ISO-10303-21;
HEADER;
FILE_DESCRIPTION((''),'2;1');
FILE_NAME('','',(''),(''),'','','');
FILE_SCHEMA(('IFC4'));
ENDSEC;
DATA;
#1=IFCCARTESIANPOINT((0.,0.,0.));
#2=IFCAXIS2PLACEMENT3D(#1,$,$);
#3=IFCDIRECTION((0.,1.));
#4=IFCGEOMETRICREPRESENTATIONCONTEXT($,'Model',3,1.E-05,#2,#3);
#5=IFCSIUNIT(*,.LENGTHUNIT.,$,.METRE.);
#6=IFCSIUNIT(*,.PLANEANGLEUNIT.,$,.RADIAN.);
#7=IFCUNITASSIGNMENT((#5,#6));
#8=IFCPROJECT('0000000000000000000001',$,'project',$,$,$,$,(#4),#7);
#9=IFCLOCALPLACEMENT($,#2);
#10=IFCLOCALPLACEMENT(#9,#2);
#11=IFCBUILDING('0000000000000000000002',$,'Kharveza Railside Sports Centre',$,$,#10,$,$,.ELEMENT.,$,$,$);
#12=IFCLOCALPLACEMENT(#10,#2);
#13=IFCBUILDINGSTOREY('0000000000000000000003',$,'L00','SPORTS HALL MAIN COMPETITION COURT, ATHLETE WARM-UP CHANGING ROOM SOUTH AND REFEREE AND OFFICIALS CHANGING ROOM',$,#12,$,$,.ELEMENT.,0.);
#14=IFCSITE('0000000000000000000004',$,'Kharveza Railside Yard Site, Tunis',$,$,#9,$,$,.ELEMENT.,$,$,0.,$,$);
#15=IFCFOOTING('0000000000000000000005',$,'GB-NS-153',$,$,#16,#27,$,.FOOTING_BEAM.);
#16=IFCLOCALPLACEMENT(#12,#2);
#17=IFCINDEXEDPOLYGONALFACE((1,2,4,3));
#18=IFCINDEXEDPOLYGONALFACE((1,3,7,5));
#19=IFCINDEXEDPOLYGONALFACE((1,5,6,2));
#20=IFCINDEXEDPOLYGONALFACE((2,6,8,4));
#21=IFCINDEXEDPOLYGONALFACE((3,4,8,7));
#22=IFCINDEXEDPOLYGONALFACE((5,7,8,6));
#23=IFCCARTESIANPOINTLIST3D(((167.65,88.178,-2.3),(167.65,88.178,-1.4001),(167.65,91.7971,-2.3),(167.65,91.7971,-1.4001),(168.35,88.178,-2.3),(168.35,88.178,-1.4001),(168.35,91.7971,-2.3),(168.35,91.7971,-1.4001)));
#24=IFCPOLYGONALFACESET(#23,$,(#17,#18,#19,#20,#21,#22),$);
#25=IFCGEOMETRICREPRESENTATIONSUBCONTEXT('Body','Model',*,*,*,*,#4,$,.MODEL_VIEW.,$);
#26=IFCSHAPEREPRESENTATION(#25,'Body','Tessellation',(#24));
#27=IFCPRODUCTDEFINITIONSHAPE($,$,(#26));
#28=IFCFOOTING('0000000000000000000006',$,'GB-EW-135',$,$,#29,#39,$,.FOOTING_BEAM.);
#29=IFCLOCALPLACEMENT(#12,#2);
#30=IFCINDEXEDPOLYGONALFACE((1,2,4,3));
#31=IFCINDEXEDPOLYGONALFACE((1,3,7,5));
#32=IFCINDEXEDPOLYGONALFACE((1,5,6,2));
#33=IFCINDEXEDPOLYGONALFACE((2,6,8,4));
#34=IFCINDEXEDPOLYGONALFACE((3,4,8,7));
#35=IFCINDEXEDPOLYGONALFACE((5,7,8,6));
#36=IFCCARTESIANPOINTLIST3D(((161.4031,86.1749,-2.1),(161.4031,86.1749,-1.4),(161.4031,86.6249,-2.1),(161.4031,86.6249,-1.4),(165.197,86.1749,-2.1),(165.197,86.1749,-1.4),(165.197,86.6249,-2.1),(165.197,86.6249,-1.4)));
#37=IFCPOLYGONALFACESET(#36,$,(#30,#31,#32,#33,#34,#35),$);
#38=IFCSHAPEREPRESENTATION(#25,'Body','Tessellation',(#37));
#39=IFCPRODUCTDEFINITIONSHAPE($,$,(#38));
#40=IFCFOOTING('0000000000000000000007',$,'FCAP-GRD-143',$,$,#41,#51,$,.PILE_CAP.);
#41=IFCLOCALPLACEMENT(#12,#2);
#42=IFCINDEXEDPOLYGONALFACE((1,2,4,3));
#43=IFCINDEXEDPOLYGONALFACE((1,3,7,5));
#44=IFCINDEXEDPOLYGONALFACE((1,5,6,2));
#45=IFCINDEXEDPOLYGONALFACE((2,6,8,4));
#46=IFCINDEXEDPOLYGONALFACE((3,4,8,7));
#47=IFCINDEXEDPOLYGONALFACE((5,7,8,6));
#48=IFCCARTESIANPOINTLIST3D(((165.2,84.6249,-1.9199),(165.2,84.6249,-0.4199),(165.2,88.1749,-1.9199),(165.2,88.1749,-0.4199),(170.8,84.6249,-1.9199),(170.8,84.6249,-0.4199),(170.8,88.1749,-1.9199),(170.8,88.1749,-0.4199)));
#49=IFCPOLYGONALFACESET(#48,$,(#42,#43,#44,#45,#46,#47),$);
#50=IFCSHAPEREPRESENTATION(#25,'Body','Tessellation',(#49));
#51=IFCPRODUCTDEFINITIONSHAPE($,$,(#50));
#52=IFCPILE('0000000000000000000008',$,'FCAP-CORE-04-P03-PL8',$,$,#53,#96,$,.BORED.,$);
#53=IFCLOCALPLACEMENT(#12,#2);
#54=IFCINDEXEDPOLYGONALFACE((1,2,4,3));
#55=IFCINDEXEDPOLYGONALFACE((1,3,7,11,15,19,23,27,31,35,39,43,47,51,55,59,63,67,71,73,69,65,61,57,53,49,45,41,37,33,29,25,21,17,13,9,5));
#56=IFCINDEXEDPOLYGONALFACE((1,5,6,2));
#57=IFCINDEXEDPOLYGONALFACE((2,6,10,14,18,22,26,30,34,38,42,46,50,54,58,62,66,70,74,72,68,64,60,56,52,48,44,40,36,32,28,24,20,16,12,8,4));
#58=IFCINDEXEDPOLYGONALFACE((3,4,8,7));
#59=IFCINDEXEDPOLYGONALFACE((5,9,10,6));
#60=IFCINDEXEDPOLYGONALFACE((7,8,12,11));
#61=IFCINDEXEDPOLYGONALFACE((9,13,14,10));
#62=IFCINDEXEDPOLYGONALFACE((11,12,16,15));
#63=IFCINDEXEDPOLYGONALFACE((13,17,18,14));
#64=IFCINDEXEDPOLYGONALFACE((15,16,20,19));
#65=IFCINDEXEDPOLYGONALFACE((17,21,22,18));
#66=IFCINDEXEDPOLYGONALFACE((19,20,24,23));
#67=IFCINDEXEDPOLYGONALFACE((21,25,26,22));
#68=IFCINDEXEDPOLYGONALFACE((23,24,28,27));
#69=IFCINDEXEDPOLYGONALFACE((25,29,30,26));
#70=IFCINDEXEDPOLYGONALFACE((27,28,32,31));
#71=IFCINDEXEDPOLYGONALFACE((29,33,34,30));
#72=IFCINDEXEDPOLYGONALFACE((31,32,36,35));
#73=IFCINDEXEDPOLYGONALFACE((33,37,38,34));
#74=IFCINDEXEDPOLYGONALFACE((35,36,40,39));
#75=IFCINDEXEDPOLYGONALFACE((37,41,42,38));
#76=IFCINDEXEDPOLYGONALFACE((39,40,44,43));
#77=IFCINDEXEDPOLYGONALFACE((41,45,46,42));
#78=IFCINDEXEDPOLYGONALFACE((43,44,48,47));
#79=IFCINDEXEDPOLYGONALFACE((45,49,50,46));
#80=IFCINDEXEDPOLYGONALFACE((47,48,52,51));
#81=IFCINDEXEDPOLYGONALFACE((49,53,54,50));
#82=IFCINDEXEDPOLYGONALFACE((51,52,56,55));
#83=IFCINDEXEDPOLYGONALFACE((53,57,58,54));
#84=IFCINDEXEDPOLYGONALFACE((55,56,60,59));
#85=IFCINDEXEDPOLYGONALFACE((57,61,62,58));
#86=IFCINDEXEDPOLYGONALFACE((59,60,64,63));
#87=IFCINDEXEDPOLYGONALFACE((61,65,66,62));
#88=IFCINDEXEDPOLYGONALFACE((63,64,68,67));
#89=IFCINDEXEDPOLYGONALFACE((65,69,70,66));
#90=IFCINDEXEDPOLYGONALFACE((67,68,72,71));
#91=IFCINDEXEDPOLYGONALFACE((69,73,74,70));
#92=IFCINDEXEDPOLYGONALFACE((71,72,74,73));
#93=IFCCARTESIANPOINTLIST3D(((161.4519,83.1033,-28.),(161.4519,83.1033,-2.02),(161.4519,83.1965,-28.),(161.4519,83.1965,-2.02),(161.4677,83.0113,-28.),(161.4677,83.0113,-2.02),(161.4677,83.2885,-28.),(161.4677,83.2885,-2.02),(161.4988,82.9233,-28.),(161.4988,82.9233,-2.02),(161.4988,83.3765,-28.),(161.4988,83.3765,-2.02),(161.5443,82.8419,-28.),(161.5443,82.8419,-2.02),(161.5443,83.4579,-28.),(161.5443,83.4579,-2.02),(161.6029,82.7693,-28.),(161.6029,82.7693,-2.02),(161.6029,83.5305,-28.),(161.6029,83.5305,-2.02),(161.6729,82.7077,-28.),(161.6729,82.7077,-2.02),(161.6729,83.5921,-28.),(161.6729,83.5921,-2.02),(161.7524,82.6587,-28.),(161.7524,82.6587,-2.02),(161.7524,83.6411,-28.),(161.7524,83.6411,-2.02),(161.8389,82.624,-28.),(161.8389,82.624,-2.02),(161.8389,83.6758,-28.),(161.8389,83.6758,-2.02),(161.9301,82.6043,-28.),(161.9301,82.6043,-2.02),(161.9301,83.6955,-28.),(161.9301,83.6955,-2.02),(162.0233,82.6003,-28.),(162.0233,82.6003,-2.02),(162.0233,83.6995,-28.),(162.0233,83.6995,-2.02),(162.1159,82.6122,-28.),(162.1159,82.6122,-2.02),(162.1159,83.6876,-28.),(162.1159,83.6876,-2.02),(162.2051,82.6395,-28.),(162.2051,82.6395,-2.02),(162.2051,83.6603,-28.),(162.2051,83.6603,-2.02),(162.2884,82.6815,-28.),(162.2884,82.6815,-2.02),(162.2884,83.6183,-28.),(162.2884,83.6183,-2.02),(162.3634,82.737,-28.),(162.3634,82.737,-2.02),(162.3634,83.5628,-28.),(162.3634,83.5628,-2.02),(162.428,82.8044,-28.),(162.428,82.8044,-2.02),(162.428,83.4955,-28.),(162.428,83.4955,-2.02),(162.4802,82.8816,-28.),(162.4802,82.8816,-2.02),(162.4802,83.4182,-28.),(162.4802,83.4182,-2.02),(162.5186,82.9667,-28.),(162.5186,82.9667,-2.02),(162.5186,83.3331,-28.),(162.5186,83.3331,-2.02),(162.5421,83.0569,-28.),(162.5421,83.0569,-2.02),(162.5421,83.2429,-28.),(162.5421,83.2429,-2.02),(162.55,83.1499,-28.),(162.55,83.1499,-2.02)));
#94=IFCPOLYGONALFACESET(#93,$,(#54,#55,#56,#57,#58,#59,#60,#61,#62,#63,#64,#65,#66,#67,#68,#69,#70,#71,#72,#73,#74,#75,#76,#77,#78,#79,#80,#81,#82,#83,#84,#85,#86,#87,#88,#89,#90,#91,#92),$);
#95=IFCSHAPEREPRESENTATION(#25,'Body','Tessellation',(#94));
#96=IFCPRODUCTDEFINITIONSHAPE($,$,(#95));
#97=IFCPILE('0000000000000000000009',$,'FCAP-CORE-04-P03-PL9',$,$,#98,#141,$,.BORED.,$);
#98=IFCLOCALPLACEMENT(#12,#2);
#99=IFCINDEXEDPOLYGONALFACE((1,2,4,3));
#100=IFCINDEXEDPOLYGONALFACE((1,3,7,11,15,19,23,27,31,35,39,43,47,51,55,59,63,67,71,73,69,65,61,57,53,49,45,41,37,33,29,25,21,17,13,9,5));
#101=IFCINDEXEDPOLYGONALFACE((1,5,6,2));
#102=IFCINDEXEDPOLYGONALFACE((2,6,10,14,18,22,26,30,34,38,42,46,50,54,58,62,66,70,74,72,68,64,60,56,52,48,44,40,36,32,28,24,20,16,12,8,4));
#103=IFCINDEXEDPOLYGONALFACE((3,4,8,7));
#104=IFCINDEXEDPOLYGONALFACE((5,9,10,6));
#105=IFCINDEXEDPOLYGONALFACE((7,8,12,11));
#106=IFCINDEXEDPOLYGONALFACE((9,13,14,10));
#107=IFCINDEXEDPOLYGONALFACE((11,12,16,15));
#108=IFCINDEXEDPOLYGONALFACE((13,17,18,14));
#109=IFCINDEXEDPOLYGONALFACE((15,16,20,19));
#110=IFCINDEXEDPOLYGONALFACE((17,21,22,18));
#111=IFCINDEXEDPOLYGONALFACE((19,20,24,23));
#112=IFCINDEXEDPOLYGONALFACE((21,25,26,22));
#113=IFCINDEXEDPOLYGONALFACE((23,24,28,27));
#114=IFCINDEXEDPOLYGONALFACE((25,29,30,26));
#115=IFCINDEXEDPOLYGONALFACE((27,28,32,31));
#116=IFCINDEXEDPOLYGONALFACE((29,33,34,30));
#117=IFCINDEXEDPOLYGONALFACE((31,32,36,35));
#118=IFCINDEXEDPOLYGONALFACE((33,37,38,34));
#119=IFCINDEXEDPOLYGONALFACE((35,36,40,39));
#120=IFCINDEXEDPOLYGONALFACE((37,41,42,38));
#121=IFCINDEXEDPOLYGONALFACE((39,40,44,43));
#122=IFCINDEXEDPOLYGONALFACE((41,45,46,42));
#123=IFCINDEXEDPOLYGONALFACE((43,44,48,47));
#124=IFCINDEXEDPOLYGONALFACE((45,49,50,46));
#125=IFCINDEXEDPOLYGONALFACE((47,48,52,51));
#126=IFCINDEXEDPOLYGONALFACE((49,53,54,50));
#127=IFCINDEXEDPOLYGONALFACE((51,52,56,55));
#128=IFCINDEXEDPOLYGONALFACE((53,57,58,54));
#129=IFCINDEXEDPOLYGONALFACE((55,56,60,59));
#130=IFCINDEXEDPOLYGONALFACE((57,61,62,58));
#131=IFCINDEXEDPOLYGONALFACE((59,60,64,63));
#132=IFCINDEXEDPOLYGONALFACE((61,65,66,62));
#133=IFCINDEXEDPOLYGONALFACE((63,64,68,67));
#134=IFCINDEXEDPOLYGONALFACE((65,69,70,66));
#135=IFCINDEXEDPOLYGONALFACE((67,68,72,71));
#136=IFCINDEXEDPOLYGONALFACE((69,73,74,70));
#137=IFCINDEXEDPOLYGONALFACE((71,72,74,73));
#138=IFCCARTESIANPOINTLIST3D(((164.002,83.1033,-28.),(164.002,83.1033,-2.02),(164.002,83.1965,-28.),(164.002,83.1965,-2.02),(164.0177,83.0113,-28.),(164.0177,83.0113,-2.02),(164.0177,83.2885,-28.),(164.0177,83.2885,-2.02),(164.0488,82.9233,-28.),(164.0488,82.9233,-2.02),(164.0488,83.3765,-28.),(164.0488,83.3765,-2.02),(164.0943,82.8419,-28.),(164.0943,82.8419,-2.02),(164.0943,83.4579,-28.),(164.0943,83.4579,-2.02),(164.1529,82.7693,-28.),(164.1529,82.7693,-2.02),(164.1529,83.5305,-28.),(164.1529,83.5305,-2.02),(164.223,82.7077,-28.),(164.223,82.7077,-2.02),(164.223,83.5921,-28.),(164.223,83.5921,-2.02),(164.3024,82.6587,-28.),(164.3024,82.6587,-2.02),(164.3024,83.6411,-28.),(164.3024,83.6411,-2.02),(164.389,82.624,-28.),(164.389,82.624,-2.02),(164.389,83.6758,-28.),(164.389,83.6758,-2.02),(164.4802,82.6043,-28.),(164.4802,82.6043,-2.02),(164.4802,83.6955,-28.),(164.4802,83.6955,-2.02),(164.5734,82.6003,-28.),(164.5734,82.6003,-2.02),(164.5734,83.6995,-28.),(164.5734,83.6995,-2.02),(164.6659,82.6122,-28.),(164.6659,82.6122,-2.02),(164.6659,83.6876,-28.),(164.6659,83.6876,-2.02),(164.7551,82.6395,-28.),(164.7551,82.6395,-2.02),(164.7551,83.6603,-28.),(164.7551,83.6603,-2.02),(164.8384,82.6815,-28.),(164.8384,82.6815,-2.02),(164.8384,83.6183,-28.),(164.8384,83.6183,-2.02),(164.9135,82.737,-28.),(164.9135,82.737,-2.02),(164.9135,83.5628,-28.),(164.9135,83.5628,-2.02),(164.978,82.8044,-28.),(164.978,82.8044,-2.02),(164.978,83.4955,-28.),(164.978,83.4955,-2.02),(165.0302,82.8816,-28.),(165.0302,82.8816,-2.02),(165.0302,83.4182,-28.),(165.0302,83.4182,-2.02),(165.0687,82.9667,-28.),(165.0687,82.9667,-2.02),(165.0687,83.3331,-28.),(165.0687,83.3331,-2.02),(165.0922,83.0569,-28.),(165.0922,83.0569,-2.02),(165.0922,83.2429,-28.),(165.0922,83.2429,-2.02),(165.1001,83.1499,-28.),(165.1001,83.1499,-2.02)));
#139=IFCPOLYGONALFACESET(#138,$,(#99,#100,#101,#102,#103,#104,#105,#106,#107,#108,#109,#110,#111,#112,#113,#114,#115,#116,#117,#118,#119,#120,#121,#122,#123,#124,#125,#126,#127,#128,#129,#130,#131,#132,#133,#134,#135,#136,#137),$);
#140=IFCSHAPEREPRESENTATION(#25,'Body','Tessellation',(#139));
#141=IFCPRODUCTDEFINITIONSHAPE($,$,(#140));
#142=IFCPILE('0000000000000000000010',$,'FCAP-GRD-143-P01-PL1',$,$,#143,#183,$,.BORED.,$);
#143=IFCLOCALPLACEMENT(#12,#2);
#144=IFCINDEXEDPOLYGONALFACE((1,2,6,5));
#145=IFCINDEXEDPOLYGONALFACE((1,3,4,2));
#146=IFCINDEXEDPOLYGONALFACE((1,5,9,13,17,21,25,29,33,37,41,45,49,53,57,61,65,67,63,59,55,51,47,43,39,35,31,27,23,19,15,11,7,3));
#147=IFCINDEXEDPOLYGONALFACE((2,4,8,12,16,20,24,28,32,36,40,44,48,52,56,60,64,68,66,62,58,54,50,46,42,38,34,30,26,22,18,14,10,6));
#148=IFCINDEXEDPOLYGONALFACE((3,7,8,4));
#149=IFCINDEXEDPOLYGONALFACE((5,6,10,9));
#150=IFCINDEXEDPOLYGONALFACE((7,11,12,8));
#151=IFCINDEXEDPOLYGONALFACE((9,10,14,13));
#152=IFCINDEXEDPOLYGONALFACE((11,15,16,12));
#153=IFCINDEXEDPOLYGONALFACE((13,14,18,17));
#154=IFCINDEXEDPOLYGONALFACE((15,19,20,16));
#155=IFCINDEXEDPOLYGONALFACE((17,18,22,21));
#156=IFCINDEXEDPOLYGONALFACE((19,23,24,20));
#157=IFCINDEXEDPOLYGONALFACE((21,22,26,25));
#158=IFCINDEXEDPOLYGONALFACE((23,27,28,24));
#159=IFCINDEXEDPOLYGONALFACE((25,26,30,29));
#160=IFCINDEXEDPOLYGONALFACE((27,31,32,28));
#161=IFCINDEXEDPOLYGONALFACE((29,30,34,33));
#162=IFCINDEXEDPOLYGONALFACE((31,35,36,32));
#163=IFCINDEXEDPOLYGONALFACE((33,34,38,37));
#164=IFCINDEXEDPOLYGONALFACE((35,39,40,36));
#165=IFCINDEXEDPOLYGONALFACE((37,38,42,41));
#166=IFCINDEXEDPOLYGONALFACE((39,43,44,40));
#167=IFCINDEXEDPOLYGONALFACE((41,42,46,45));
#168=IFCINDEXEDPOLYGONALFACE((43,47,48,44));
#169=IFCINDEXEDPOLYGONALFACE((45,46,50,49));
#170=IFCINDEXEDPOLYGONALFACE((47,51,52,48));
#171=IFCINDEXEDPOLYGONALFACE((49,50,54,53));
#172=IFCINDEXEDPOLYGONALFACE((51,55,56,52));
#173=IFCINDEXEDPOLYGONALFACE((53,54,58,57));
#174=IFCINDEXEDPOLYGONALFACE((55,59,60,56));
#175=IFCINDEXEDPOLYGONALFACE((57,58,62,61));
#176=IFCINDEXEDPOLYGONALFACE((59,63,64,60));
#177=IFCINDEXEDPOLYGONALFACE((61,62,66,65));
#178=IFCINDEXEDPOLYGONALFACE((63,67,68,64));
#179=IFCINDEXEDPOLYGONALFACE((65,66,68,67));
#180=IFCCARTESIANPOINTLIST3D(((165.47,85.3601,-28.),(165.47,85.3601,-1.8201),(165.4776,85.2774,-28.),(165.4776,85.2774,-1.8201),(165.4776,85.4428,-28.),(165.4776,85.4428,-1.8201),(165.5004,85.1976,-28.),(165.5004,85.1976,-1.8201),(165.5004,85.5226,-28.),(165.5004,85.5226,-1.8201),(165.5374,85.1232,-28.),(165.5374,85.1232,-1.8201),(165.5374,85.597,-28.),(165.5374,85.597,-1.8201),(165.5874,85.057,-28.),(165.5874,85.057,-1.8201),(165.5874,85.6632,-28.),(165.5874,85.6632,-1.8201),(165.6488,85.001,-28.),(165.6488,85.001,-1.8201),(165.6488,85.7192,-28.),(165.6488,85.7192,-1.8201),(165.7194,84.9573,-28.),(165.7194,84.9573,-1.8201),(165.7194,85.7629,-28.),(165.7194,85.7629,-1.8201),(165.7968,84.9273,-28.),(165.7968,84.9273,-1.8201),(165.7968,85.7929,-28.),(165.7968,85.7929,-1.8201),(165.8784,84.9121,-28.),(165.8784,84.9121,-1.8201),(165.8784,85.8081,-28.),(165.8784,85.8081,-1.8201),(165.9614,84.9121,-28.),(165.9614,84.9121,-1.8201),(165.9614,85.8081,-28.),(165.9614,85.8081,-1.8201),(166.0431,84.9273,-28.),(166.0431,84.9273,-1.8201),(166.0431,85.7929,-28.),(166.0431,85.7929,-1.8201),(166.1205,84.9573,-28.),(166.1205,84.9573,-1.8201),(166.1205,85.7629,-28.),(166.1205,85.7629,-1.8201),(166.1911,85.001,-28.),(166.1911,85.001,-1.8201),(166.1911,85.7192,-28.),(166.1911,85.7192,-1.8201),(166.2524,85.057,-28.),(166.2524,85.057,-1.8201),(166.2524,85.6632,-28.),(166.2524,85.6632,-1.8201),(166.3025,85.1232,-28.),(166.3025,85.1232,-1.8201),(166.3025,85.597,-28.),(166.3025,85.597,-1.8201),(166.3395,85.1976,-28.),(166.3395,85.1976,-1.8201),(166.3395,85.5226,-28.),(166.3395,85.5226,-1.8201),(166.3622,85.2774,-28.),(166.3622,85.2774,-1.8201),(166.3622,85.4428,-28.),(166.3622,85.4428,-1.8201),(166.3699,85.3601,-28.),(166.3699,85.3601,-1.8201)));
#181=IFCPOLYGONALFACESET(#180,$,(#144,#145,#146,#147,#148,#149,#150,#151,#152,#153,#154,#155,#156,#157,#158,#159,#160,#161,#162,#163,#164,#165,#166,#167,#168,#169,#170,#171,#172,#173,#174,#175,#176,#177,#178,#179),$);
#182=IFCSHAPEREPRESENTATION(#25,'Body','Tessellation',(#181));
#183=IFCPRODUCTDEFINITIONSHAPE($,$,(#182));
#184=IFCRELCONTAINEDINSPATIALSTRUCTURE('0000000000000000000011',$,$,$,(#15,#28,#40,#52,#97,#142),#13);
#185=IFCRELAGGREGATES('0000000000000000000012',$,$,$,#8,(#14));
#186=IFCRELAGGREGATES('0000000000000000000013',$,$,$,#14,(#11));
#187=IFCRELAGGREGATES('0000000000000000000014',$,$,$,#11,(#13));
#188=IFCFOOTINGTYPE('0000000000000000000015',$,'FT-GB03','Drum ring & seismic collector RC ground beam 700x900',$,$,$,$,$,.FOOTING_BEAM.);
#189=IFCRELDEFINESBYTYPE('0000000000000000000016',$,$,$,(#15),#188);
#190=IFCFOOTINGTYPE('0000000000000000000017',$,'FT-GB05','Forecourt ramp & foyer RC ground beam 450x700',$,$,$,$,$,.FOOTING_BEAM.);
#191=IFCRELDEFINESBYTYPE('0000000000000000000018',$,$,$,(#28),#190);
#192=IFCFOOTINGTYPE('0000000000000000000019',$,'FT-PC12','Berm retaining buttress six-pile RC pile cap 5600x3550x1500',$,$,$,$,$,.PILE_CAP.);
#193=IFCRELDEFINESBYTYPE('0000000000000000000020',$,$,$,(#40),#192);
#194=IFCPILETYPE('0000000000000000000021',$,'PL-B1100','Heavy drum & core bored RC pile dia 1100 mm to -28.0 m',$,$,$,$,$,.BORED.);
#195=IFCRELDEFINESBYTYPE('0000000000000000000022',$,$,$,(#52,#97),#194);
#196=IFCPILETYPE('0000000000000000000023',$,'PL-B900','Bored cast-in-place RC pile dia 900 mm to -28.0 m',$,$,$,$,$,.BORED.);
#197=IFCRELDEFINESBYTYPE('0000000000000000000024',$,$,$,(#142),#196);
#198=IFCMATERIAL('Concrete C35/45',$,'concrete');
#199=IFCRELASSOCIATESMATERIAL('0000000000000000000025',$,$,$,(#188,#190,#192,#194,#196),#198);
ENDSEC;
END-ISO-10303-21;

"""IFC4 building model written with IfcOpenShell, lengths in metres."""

from ifc_helpers import new_model, si_unit, direction, frame, origin, origin_2d, place, context, subcontext, project, spatial, rectangle, circle, extrude, material, material_profile, profile_set, type_object, element, save


model = new_model("IFC4")

# Units and contexts
model_context = context("Model", 3, precision=1e-05, world=origin(), true_north=direction((0.0, 1.0)))
body_context = subcontext(model_context, "Body", "Model", "MODEL_VIEW")
ifc_project = project(units=[si_unit("LENGTHUNIT", "METRE"), si_unit("PLANEANGLEUNIT", "RADIAN")], contexts=[model_context])

# Site, building, storey
site_placement = place(None, origin())
site = spatial("IfcSite", under=ifc_project, at=site_placement, Name="Kharveza Railside Yard Site, Tunis", CompositionType="ELEMENT", RefElevation=0.0)
building_placement = place(site_placement, origin())
building = spatial("IfcBuilding", under=site, at=building_placement, Name="Kharveza Railside Sports Centre", CompositionType="ELEMENT")
storey_placement = place(building_placement, origin())
storey = spatial("IfcBuildingStorey", under=building, at=storey_placement, Name="L00", Description="SPORTS HALL MAIN COMPETITION COURT, ATHLETE WARM-UP CHANGING ROOM SOUTH AND REFEREE AND OFFICIALS CHANGING ROOM", CompositionType="ELEMENT", Elevation=0.0)

# Footings
ifc_material_1 = material(Name="Concrete C35/45", Category="concrete")
ifc_material_profile_1 = material_profile(ifc_material_1, rectangle(XDim=0.7, YDim=0.8999, at=origin_2d()), Name="GB 700x900")
ifc_profile_set_1 = profile_set([ifc_material_profile_1], Name="Concrete C35/45")
footing_type_1 = type_object("IfcFootingType", Name="FT-GB03", Description="Drum ring & seismic collector RC ground beam 700x900", PredefinedType="FOOTING_BEAM", material=ifc_profile_set_1)
footing_1_placement = place(storey_placement, frame((168.0, 88.178, -1.8501), z_axis=(0.0, 1.0, 0.0), x_axis=(-1.0, 0.0, 0.0)))
element("IfcFooting", 1, at=footing_1_placement, inside=storey, type_object=footing_type_1, Name="GB-NS-153", PredefinedType="FOOTING_BEAM", context=body_context, shape_type="SweptSolid", body=[
    extrude(rectangle(XDim=0.7, YDim=0.8999, at=origin_2d()), origin(), (0.0, 0.0, 1.0), 3.6191),
])
ifc_material_profile_2 = material_profile(ifc_material_1, rectangle(XDim=0.45, YDim=0.7, at=origin_2d()), Name="GB 450x700")
ifc_profile_set_2 = profile_set([ifc_material_profile_2], Name="Concrete C35/45")
footing_type_2 = type_object("IfcFootingType", Name="FT-GB05", Description="Forecourt ramp & foyer RC ground beam 450x700", PredefinedType="FOOTING_BEAM", material=ifc_profile_set_2)
footing_2_placement = place(storey_placement, frame((161.4031, 86.3999, -1.75), z_axis=(1.0, 0.0, 0.0), x_axis=(0.0, 1.0, 0.0)))
element("IfcFooting", 2, at=footing_2_placement, inside=storey, type_object=footing_type_2, Name="GB-EW-135", PredefinedType="FOOTING_BEAM", context=body_context, shape_type="SweptSolid", body=[
    extrude(rectangle(XDim=0.45, YDim=0.7, at=origin_2d()), origin(), (0.0, 0.0, 1.0), 3.7939),
])
footing_type_3 = type_object("IfcFootingType", Name="FT-PC12", Description="Berm retaining buttress six-pile RC pile cap 5600x3550x1500", PredefinedType="PILE_CAP", material=ifc_material_1)
footing_3_placement = place(storey_placement, frame((168.0, 86.3999, -1.9199), z_axis=(0.0, 0.0, 1.0), x_axis=(1.0, 0.0, 0.0)))
element("IfcFooting", 3, at=footing_3_placement, inside=storey, type_object=footing_type_3, Name="FCAP-GRD-143", PredefinedType="PILE_CAP", context=body_context, shape_type="SweptSolid", body=[
    extrude(rectangle(XDim=5.6001, YDim=3.55, at=origin_2d()), origin(), (0.0, 0.0, 1.0), 1.5),
])

# Piles
ifc_material_profile_3 = material_profile(ifc_material_1, circle(Radius=0.55, at=origin_2d()), Name="PILE D1100")
ifc_profile_set_3 = profile_set([ifc_material_profile_3], Name="Concrete C35/45")
pile_type_1 = type_object("IfcPileType", Name="PL-B1100", Description="Heavy drum & core bored RC pile dia 1100 mm to -28.0 m", PredefinedType="BORED", material=ifc_profile_set_3)
for number, where, z_axis, x_axis, name in (
    (4, (162.0, 83.1499, -2.02), (0.0, 0.0, -1.0), (1.0, 0.0, 0.0), "FCAP-CORE-04-P03-PL8"),
    (5, (164.55, 83.1499, -2.02), (0.0, 0.0, -1.0), (1.0, 0.0, 0.0), "FCAP-CORE-04-P03-PL9"),
):
    element("IfcPile", number, at=place(storey_placement, frame(where, z_axis=z_axis, x_axis=x_axis)), inside=storey, type_object=pile_type_1, Name=name, PredefinedType="BORED", context=body_context, shape_type="SweptSolid", body=[
        extrude(circle(Radius=0.55, at=origin_2d()), origin(), (0.0, 0.0, 1.0), 25.98),
    ])
ifc_material_profile_4 = material_profile(ifc_material_1, circle(Radius=0.45, at=origin_2d()), Name="PILE D900")
ifc_profile_set_4 = profile_set([ifc_material_profile_4], Name="Concrete C35/45")
pile_type_2 = type_object("IfcPileType", Name="PL-B900", Description="Bored cast-in-place RC pile dia 900 mm to -28.0 m", PredefinedType="BORED", material=ifc_profile_set_4)
for number, where, z_axis, x_axis, name in (
    (6, (165.9199, 85.3601, -1.8201), (0.0, 0.0, -1.0), (1.0, 0.0, 0.0), "FCAP-GRD-143-P01-PL1"),
):
    element("IfcPile", number, at=place(storey_placement, frame(where, z_axis=z_axis, x_axis=x_axis)), inside=storey, type_object=pile_type_2, Name=name, PredefinedType="BORED", context=body_context, shape_type="SweptSolid", body=[
        extrude(circle(Radius=0.45, at=origin_2d()), origin(), (0.0, 0.0, 1.0), 26.1799),
    ])

save(model, "model.ifc")
